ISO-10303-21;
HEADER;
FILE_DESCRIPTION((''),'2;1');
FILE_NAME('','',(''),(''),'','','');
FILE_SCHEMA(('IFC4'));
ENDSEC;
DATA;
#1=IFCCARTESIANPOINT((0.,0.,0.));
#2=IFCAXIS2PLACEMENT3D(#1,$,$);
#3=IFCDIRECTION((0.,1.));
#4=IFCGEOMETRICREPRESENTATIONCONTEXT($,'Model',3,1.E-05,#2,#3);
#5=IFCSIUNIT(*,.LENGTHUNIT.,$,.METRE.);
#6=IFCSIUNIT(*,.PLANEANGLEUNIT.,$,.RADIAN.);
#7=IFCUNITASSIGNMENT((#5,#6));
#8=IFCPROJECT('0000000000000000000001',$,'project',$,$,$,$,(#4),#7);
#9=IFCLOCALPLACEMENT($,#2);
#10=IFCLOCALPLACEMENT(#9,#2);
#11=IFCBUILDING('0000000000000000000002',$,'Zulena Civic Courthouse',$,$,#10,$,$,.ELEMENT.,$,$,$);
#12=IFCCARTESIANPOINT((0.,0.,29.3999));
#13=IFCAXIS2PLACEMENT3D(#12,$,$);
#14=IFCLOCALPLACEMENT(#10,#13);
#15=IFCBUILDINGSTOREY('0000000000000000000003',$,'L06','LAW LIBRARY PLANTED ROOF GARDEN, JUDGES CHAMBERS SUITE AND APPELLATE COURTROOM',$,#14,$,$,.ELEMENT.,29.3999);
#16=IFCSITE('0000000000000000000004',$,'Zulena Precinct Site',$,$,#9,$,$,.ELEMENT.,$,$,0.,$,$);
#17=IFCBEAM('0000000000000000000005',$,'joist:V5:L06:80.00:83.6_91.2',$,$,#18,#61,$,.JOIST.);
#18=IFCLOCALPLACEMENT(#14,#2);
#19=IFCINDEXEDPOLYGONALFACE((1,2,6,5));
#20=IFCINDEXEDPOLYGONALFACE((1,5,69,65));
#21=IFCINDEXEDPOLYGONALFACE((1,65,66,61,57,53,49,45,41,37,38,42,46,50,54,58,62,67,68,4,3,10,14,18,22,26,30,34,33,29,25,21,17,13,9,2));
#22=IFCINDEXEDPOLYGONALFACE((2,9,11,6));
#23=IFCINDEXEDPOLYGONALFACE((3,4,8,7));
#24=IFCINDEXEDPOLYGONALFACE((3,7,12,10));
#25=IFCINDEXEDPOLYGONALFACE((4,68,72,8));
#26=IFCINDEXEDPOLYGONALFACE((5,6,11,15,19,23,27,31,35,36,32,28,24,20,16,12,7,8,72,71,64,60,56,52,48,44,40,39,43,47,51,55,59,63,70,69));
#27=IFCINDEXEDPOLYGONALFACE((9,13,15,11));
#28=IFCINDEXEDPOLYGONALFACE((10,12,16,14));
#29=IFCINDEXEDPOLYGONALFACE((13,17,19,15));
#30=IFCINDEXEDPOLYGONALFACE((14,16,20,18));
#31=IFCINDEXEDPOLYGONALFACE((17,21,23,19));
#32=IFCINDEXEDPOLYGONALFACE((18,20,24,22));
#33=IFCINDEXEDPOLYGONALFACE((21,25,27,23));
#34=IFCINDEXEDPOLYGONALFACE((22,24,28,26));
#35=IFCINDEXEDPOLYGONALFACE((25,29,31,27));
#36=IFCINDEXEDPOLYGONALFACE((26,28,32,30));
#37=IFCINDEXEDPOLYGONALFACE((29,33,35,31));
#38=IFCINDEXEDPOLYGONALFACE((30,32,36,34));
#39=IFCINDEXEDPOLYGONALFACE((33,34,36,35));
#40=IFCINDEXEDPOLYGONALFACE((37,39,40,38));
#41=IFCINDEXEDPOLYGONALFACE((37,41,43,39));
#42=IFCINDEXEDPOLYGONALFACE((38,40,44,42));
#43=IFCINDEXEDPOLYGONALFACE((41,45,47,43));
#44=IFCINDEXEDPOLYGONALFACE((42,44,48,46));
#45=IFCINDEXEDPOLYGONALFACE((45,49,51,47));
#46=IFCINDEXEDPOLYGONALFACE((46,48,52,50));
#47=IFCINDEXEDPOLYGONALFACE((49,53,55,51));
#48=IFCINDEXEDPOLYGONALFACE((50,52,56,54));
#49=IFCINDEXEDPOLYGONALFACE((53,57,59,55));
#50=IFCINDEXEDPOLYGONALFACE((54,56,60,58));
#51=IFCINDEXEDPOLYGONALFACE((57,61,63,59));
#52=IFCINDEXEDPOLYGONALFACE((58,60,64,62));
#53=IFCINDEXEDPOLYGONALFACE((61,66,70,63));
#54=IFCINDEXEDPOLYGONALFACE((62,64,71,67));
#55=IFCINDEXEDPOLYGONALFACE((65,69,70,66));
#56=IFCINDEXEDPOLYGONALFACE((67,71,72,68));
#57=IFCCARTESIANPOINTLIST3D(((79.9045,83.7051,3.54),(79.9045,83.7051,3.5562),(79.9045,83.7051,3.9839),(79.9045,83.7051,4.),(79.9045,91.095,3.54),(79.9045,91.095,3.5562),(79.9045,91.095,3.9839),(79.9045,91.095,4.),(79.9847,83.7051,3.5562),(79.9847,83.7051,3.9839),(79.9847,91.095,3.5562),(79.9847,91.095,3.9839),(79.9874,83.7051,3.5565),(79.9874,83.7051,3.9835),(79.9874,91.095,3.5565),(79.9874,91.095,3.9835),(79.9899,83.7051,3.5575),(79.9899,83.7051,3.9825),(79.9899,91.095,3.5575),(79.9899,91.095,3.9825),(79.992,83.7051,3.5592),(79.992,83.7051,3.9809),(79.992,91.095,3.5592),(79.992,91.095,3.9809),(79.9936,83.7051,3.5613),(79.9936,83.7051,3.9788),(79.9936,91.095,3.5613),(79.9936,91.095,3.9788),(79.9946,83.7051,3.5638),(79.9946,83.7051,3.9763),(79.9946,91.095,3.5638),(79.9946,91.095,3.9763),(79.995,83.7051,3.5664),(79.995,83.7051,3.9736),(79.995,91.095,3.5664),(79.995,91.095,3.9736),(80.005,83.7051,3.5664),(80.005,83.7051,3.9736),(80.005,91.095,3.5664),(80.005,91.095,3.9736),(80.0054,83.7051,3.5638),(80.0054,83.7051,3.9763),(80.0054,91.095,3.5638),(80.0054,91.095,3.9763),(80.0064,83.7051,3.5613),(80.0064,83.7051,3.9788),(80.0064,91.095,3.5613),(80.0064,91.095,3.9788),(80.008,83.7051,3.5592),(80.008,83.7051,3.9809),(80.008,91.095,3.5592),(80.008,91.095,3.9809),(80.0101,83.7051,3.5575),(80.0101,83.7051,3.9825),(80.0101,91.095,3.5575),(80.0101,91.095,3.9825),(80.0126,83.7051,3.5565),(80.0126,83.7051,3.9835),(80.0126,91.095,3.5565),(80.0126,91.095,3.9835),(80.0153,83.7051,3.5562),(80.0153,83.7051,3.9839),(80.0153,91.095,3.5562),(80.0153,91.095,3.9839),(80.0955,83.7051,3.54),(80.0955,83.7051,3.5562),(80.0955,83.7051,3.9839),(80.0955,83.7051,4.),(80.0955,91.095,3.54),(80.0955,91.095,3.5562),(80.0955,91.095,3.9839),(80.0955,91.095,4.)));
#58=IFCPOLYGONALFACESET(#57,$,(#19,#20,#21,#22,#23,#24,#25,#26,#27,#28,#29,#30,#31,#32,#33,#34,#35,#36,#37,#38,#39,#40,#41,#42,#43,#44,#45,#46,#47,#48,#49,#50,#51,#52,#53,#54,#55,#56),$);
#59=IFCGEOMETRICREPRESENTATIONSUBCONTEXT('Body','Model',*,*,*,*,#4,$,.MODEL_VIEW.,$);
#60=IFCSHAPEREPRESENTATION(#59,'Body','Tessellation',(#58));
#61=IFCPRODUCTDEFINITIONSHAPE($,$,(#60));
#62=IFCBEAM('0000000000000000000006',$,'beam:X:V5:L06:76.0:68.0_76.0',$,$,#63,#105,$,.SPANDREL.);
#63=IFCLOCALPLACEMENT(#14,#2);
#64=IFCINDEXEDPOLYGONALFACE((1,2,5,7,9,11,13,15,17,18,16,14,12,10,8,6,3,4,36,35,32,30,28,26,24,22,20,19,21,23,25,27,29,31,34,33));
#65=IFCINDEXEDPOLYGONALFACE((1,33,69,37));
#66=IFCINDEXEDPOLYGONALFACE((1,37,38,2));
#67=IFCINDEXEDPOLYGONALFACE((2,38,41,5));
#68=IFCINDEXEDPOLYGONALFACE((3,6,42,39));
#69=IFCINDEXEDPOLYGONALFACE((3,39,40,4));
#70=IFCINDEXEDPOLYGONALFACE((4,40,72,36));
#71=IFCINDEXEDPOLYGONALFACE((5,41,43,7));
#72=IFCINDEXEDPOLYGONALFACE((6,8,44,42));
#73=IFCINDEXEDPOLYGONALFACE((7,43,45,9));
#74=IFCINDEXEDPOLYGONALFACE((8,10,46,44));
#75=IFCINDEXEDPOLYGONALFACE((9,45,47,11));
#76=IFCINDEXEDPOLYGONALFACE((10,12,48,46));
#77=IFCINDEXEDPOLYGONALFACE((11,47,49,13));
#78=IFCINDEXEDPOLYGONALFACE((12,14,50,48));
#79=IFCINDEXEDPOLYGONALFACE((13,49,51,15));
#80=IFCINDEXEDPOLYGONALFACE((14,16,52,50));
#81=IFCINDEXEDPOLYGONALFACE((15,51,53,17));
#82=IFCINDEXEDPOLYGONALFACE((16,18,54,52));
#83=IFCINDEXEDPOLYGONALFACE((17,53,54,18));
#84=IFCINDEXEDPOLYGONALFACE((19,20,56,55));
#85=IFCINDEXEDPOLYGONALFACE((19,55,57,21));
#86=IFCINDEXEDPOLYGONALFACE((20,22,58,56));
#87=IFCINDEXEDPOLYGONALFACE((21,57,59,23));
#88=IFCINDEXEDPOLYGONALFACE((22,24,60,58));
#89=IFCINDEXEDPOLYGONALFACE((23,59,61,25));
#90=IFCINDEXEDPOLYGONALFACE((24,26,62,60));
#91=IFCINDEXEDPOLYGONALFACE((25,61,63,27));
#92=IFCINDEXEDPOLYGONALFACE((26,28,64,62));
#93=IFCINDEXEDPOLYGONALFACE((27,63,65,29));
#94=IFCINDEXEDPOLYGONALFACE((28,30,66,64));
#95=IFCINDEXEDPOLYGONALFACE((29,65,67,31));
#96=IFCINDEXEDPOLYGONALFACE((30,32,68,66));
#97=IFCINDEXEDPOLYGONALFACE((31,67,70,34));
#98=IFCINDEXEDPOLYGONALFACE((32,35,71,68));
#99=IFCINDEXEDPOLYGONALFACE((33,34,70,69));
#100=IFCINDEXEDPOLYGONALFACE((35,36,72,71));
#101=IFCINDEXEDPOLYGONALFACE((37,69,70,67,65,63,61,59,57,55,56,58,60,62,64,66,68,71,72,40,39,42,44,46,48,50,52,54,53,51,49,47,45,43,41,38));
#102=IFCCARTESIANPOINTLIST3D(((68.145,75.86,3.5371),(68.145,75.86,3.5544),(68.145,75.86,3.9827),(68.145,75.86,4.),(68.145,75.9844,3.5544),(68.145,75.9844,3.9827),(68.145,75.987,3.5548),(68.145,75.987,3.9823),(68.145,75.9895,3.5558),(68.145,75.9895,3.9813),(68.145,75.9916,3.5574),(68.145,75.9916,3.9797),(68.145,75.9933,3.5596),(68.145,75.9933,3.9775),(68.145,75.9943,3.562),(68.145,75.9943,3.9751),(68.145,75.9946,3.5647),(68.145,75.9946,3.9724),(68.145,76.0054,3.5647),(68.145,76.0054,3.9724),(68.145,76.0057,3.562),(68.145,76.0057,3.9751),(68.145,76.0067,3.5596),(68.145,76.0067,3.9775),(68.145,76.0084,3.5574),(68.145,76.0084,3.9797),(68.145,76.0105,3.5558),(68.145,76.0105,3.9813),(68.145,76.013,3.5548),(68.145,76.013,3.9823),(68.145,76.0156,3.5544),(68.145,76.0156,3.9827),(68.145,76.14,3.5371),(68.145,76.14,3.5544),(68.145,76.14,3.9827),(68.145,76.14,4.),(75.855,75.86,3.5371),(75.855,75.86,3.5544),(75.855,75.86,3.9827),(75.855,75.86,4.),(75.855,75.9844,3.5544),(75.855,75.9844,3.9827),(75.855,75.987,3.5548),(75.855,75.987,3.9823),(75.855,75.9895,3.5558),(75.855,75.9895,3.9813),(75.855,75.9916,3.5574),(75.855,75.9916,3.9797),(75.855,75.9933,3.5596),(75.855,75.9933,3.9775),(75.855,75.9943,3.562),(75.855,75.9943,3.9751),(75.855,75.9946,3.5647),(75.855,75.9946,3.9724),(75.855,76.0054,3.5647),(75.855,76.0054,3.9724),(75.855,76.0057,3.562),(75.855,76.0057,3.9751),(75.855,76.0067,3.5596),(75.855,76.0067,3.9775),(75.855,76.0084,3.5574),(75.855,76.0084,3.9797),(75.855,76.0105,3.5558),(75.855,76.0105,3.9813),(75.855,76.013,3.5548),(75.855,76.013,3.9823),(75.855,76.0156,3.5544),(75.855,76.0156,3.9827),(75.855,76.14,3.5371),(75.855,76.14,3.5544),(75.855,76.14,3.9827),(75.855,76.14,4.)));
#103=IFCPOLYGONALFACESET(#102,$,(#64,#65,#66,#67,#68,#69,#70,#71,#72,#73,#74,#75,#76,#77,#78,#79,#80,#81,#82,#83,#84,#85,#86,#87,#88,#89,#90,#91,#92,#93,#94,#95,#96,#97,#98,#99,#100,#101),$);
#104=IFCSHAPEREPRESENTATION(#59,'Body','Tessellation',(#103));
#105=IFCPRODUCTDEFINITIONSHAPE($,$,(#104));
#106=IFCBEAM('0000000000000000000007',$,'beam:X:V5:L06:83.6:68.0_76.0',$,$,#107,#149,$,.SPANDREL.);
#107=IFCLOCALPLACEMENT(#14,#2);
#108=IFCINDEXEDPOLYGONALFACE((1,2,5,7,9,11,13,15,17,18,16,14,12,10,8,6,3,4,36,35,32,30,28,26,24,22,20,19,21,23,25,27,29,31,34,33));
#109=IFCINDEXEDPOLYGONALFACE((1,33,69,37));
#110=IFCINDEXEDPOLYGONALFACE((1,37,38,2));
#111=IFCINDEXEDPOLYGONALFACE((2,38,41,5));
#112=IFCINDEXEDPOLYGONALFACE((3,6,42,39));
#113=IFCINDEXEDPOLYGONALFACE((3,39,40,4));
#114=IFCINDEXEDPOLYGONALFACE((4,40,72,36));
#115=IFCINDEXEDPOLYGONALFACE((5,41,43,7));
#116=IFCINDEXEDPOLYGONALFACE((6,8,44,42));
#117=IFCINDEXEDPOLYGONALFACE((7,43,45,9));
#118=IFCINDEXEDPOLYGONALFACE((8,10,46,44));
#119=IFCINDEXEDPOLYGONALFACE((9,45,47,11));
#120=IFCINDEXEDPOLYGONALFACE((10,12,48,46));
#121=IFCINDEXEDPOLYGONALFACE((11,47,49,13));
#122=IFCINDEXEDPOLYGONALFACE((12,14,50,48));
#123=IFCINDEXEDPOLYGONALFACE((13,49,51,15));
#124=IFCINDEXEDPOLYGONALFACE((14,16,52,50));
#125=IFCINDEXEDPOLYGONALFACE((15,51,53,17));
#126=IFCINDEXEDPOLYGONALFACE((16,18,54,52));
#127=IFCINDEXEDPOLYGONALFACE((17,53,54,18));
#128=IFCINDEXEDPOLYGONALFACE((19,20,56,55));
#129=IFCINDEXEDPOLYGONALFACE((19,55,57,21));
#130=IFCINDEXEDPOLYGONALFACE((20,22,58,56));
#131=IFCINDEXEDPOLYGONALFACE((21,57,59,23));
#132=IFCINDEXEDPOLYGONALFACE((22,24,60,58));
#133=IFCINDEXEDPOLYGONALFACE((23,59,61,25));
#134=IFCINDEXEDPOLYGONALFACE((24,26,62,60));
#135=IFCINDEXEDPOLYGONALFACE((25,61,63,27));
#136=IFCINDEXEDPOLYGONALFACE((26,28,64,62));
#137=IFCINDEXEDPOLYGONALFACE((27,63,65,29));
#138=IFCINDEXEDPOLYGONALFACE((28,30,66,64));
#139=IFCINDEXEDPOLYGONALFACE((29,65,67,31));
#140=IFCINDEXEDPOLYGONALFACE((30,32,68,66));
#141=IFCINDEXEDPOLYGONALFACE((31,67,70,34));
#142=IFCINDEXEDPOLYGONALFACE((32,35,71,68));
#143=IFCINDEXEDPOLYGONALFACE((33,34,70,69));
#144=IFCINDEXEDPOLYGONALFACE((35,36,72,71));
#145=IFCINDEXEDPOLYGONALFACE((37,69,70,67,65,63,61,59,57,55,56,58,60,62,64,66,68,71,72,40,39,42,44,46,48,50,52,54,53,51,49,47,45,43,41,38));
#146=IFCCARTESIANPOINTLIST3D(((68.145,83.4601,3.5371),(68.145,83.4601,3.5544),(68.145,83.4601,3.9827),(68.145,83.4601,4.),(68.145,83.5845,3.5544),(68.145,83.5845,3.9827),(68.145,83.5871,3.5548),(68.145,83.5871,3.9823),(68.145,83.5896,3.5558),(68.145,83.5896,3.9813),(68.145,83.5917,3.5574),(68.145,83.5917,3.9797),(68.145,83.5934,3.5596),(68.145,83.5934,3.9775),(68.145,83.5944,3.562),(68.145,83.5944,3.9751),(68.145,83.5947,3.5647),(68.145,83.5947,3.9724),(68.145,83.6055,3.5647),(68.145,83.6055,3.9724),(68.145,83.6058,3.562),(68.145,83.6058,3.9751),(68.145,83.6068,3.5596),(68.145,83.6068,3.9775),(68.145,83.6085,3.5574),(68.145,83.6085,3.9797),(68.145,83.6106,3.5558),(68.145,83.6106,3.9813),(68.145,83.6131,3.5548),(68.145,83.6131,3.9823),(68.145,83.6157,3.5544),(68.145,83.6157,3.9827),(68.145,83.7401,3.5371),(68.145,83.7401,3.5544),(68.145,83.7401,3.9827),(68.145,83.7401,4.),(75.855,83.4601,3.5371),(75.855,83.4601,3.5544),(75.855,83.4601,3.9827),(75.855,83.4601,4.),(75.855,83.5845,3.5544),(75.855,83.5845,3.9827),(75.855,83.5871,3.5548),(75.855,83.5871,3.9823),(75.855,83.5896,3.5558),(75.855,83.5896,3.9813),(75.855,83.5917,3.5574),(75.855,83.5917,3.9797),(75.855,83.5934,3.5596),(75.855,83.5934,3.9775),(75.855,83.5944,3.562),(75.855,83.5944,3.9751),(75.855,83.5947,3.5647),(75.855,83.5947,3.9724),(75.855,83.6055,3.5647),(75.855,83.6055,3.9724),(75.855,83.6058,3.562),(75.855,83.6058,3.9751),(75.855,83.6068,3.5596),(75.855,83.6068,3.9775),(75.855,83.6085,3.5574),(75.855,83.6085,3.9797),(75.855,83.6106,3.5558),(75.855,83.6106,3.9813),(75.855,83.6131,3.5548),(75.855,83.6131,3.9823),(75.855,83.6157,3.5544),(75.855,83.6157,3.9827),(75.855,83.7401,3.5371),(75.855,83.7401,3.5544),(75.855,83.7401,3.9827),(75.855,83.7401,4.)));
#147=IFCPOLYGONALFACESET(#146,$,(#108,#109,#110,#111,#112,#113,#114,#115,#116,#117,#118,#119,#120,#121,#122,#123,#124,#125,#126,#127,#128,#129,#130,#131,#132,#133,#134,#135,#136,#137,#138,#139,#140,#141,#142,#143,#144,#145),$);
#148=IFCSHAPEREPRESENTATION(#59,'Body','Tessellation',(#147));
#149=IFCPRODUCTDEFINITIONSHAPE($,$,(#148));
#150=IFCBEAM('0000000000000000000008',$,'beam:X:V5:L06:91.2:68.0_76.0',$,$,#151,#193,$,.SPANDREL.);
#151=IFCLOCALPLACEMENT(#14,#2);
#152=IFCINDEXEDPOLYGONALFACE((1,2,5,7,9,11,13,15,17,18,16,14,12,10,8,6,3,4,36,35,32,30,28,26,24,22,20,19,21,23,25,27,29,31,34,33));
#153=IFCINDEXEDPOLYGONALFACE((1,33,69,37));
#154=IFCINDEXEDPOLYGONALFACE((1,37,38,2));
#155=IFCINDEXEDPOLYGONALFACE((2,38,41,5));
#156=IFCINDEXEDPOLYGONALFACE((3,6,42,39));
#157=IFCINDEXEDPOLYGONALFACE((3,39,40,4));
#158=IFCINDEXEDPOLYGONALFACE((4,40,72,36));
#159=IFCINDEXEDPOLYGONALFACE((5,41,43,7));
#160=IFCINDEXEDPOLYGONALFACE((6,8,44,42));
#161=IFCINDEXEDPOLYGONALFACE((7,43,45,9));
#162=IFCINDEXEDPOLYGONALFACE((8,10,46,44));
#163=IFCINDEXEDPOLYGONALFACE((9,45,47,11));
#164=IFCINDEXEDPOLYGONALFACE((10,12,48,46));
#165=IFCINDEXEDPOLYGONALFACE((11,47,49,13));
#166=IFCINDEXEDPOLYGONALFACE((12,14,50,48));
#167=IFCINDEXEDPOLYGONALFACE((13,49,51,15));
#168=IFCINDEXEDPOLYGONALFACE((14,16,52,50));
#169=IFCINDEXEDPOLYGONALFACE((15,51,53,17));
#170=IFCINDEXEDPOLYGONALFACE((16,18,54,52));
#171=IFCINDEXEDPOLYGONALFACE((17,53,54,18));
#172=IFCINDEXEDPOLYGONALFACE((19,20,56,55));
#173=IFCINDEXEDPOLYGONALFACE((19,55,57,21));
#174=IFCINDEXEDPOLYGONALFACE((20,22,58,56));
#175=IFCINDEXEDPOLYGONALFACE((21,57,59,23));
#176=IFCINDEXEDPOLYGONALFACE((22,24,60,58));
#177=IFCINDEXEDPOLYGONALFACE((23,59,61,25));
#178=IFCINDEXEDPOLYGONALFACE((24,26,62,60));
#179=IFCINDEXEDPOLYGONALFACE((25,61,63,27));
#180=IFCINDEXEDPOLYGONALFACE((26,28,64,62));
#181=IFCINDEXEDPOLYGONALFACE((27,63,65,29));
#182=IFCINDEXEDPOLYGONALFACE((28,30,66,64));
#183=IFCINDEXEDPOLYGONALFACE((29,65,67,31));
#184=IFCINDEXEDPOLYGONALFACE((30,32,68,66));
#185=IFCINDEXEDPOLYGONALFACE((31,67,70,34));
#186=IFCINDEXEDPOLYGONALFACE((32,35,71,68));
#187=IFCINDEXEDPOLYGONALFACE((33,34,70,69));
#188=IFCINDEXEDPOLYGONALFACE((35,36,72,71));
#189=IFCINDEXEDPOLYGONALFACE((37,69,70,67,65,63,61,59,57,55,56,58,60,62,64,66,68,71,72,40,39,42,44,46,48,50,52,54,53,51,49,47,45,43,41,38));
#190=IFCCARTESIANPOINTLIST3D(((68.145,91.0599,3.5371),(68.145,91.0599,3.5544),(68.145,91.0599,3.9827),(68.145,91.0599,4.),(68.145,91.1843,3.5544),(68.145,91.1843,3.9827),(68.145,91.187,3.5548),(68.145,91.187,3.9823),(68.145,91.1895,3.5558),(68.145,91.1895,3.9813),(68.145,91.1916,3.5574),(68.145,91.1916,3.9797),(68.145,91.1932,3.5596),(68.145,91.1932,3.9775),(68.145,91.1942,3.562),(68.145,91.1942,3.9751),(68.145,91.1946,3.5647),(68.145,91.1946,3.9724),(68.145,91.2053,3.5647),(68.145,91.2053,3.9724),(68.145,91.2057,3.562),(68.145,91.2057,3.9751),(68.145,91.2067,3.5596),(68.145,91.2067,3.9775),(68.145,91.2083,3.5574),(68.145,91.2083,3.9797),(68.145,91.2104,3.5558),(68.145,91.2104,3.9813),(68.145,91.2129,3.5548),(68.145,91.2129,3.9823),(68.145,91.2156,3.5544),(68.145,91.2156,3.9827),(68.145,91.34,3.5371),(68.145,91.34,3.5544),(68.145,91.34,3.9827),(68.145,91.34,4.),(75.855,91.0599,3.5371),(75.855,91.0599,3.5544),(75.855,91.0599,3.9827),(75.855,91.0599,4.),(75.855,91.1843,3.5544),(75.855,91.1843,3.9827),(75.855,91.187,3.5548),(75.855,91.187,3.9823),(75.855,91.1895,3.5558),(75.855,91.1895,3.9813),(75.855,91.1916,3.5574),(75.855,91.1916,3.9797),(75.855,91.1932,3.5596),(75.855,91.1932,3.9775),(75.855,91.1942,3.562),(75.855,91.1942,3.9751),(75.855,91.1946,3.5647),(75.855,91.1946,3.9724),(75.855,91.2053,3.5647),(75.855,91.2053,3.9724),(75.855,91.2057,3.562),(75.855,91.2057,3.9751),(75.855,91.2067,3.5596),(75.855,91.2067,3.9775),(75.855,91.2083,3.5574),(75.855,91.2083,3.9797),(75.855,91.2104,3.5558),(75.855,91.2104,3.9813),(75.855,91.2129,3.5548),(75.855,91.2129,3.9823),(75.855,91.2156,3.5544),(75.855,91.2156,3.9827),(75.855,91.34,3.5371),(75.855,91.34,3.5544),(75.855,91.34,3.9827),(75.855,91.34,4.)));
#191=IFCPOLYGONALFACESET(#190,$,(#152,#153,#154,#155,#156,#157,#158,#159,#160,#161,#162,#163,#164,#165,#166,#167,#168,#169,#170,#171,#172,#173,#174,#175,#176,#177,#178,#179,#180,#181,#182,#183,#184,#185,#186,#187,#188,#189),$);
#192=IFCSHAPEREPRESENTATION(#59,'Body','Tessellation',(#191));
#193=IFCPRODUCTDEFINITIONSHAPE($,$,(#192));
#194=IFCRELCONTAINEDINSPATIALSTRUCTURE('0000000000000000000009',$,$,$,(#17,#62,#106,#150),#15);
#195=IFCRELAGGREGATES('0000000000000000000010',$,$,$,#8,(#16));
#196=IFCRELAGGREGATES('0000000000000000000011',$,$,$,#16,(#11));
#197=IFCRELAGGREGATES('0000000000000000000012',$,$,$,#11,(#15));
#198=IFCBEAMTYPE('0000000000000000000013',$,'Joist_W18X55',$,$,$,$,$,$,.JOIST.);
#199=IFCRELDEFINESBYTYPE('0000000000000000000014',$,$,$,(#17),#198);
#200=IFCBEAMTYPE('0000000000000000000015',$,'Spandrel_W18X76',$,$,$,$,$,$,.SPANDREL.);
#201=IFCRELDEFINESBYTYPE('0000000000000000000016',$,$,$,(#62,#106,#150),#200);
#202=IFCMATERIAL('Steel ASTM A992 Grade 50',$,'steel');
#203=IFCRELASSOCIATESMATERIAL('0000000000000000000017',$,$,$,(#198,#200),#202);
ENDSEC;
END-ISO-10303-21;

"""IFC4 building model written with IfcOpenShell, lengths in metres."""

from ifc_helpers import new_model, si_unit, direction, frame, origin, origin_2d, place, context, subcontext, project, spatial, i_section, extrude, material, material_profile, profile_set, type_object, element, save


model = new_model("IFC4")

# Units and contexts
model_context = context("Model", 3, precision=1e-05, world=origin(), true_north=direction((0.0, 1.0)))
body_context = subcontext(model_context, "Body", "Model", "MODEL_VIEW")
ifc_project = project(units=[si_unit("LENGTHUNIT", "METRE"), si_unit("PLANEANGLEUNIT", "RADIAN")], contexts=[model_context])

# Site, building, storey
site_placement = place(None, origin())
site = spatial("IfcSite", under=ifc_project, at=site_placement, Name="Zulena Precinct Site", CompositionType="ELEMENT", RefElevation=0.0)
building_placement = place(site_placement, origin())
building = spatial("IfcBuilding", under=site, at=building_placement, Name="Zulena Civic Courthouse", CompositionType="ELEMENT")
storey_placement = place(building_placement, frame((0.0, 0.0, 29.3999)))
storey = spatial("IfcBuildingStorey", under=building, at=storey_placement, Name="L06", Description="LAW LIBRARY PLANTED ROOF GARDEN, JUDGES CHAMBERS SUITE AND APPELLATE COURTROOM", CompositionType="ELEMENT", Elevation=29.3999)

# Shared definitions
ifc_material_1 = material(Name="Steel ASTM A992 Grade 50", Category="steel")

# Beams
ifc_material_profile_1 = material_profile(ifc_material_1, i_section(OverallWidth=0.1909, OverallDepth=0.46, WebThickness=0.01, FlangeThickness=0.0161, FilletRadius=0.0103, at=origin_2d()), Name="W18X55")
ifc_profile_set_1 = profile_set([ifc_material_profile_1], Name="Steel ASTM A992 Grade 50")
beam_type_1 = type_object("IfcBeamType", Name="Joist_W18X55", PredefinedType="JOIST", material=ifc_profile_set_1)
beam_1_placement = place(storey_placement, frame((80.0, 83.7051, 3.77), z_axis=(0.0, 1.0, 0.0), x_axis=(-1.0, 0.0, 0.0)))
element("IfcBeam", 1, at=beam_1_placement, inside=storey, type_object=beam_type_1, Name="joist:V5:L06:80.00:83.6_91.2", PredefinedType="JOIST", context=body_context, shape_type="SweptSolid", body=[
    extrude(i_section(OverallWidth=0.1909, OverallDepth=0.46, WebThickness=0.01, FlangeThickness=0.0161, FilletRadius=0.0103, at=origin_2d()), origin(), (0.0, 0.0, 1.0), 7.3899),
])
ifc_material_profile_2 = material_profile(ifc_material_1, i_section(OverallWidth=0.28, OverallDepth=0.4629, WebThickness=0.0107, FlangeThickness=0.0173, FilletRadius=0.0103, at=origin_2d()), Name="W18X76")
ifc_profile_set_2 = profile_set([ifc_material_profile_2], Name="Steel ASTM A992 Grade 50")
beam_type_2 = type_object("IfcBeamType", Name="Spandrel_W18X76", PredefinedType="SPANDREL", material=ifc_profile_set_2)
for number, where, z_axis, x_axis, name in (
    (2, (68.145, 76.0, 3.7686), (1.0, 0.0, 0.0), (0.0, 1.0, 0.0), "beam:X:V5:L06:76.0:68.0_76.0"),
    (3, (68.145, 83.6001, 3.7686), (1.0, 0.0, 0.0), (0.0, 1.0, 0.0), "beam:X:V5:L06:83.6:68.0_76.0"),
    (4, (68.145, 91.2, 3.7686), (1.0, 0.0, 0.0), (0.0, 1.0, 0.0), "beam:X:V5:L06:91.2:68.0_76.0"),
):
    element("IfcBeam", number, at=place(storey_placement, frame(where, z_axis=z_axis, x_axis=x_axis)), inside=storey, type_object=beam_type_2, Name=name, PredefinedType="SPANDREL", context=body_context, shape_type="SweptSolid", body=[
        extrude(i_section(OverallWidth=0.28, OverallDepth=0.4629, WebThickness=0.0107, FlangeThickness=0.0173, FilletRadius=0.0103, at=origin_2d()), origin(), (0.0, 0.0, 1.0), 7.71),
    ])

save(model, "model.ifc")
